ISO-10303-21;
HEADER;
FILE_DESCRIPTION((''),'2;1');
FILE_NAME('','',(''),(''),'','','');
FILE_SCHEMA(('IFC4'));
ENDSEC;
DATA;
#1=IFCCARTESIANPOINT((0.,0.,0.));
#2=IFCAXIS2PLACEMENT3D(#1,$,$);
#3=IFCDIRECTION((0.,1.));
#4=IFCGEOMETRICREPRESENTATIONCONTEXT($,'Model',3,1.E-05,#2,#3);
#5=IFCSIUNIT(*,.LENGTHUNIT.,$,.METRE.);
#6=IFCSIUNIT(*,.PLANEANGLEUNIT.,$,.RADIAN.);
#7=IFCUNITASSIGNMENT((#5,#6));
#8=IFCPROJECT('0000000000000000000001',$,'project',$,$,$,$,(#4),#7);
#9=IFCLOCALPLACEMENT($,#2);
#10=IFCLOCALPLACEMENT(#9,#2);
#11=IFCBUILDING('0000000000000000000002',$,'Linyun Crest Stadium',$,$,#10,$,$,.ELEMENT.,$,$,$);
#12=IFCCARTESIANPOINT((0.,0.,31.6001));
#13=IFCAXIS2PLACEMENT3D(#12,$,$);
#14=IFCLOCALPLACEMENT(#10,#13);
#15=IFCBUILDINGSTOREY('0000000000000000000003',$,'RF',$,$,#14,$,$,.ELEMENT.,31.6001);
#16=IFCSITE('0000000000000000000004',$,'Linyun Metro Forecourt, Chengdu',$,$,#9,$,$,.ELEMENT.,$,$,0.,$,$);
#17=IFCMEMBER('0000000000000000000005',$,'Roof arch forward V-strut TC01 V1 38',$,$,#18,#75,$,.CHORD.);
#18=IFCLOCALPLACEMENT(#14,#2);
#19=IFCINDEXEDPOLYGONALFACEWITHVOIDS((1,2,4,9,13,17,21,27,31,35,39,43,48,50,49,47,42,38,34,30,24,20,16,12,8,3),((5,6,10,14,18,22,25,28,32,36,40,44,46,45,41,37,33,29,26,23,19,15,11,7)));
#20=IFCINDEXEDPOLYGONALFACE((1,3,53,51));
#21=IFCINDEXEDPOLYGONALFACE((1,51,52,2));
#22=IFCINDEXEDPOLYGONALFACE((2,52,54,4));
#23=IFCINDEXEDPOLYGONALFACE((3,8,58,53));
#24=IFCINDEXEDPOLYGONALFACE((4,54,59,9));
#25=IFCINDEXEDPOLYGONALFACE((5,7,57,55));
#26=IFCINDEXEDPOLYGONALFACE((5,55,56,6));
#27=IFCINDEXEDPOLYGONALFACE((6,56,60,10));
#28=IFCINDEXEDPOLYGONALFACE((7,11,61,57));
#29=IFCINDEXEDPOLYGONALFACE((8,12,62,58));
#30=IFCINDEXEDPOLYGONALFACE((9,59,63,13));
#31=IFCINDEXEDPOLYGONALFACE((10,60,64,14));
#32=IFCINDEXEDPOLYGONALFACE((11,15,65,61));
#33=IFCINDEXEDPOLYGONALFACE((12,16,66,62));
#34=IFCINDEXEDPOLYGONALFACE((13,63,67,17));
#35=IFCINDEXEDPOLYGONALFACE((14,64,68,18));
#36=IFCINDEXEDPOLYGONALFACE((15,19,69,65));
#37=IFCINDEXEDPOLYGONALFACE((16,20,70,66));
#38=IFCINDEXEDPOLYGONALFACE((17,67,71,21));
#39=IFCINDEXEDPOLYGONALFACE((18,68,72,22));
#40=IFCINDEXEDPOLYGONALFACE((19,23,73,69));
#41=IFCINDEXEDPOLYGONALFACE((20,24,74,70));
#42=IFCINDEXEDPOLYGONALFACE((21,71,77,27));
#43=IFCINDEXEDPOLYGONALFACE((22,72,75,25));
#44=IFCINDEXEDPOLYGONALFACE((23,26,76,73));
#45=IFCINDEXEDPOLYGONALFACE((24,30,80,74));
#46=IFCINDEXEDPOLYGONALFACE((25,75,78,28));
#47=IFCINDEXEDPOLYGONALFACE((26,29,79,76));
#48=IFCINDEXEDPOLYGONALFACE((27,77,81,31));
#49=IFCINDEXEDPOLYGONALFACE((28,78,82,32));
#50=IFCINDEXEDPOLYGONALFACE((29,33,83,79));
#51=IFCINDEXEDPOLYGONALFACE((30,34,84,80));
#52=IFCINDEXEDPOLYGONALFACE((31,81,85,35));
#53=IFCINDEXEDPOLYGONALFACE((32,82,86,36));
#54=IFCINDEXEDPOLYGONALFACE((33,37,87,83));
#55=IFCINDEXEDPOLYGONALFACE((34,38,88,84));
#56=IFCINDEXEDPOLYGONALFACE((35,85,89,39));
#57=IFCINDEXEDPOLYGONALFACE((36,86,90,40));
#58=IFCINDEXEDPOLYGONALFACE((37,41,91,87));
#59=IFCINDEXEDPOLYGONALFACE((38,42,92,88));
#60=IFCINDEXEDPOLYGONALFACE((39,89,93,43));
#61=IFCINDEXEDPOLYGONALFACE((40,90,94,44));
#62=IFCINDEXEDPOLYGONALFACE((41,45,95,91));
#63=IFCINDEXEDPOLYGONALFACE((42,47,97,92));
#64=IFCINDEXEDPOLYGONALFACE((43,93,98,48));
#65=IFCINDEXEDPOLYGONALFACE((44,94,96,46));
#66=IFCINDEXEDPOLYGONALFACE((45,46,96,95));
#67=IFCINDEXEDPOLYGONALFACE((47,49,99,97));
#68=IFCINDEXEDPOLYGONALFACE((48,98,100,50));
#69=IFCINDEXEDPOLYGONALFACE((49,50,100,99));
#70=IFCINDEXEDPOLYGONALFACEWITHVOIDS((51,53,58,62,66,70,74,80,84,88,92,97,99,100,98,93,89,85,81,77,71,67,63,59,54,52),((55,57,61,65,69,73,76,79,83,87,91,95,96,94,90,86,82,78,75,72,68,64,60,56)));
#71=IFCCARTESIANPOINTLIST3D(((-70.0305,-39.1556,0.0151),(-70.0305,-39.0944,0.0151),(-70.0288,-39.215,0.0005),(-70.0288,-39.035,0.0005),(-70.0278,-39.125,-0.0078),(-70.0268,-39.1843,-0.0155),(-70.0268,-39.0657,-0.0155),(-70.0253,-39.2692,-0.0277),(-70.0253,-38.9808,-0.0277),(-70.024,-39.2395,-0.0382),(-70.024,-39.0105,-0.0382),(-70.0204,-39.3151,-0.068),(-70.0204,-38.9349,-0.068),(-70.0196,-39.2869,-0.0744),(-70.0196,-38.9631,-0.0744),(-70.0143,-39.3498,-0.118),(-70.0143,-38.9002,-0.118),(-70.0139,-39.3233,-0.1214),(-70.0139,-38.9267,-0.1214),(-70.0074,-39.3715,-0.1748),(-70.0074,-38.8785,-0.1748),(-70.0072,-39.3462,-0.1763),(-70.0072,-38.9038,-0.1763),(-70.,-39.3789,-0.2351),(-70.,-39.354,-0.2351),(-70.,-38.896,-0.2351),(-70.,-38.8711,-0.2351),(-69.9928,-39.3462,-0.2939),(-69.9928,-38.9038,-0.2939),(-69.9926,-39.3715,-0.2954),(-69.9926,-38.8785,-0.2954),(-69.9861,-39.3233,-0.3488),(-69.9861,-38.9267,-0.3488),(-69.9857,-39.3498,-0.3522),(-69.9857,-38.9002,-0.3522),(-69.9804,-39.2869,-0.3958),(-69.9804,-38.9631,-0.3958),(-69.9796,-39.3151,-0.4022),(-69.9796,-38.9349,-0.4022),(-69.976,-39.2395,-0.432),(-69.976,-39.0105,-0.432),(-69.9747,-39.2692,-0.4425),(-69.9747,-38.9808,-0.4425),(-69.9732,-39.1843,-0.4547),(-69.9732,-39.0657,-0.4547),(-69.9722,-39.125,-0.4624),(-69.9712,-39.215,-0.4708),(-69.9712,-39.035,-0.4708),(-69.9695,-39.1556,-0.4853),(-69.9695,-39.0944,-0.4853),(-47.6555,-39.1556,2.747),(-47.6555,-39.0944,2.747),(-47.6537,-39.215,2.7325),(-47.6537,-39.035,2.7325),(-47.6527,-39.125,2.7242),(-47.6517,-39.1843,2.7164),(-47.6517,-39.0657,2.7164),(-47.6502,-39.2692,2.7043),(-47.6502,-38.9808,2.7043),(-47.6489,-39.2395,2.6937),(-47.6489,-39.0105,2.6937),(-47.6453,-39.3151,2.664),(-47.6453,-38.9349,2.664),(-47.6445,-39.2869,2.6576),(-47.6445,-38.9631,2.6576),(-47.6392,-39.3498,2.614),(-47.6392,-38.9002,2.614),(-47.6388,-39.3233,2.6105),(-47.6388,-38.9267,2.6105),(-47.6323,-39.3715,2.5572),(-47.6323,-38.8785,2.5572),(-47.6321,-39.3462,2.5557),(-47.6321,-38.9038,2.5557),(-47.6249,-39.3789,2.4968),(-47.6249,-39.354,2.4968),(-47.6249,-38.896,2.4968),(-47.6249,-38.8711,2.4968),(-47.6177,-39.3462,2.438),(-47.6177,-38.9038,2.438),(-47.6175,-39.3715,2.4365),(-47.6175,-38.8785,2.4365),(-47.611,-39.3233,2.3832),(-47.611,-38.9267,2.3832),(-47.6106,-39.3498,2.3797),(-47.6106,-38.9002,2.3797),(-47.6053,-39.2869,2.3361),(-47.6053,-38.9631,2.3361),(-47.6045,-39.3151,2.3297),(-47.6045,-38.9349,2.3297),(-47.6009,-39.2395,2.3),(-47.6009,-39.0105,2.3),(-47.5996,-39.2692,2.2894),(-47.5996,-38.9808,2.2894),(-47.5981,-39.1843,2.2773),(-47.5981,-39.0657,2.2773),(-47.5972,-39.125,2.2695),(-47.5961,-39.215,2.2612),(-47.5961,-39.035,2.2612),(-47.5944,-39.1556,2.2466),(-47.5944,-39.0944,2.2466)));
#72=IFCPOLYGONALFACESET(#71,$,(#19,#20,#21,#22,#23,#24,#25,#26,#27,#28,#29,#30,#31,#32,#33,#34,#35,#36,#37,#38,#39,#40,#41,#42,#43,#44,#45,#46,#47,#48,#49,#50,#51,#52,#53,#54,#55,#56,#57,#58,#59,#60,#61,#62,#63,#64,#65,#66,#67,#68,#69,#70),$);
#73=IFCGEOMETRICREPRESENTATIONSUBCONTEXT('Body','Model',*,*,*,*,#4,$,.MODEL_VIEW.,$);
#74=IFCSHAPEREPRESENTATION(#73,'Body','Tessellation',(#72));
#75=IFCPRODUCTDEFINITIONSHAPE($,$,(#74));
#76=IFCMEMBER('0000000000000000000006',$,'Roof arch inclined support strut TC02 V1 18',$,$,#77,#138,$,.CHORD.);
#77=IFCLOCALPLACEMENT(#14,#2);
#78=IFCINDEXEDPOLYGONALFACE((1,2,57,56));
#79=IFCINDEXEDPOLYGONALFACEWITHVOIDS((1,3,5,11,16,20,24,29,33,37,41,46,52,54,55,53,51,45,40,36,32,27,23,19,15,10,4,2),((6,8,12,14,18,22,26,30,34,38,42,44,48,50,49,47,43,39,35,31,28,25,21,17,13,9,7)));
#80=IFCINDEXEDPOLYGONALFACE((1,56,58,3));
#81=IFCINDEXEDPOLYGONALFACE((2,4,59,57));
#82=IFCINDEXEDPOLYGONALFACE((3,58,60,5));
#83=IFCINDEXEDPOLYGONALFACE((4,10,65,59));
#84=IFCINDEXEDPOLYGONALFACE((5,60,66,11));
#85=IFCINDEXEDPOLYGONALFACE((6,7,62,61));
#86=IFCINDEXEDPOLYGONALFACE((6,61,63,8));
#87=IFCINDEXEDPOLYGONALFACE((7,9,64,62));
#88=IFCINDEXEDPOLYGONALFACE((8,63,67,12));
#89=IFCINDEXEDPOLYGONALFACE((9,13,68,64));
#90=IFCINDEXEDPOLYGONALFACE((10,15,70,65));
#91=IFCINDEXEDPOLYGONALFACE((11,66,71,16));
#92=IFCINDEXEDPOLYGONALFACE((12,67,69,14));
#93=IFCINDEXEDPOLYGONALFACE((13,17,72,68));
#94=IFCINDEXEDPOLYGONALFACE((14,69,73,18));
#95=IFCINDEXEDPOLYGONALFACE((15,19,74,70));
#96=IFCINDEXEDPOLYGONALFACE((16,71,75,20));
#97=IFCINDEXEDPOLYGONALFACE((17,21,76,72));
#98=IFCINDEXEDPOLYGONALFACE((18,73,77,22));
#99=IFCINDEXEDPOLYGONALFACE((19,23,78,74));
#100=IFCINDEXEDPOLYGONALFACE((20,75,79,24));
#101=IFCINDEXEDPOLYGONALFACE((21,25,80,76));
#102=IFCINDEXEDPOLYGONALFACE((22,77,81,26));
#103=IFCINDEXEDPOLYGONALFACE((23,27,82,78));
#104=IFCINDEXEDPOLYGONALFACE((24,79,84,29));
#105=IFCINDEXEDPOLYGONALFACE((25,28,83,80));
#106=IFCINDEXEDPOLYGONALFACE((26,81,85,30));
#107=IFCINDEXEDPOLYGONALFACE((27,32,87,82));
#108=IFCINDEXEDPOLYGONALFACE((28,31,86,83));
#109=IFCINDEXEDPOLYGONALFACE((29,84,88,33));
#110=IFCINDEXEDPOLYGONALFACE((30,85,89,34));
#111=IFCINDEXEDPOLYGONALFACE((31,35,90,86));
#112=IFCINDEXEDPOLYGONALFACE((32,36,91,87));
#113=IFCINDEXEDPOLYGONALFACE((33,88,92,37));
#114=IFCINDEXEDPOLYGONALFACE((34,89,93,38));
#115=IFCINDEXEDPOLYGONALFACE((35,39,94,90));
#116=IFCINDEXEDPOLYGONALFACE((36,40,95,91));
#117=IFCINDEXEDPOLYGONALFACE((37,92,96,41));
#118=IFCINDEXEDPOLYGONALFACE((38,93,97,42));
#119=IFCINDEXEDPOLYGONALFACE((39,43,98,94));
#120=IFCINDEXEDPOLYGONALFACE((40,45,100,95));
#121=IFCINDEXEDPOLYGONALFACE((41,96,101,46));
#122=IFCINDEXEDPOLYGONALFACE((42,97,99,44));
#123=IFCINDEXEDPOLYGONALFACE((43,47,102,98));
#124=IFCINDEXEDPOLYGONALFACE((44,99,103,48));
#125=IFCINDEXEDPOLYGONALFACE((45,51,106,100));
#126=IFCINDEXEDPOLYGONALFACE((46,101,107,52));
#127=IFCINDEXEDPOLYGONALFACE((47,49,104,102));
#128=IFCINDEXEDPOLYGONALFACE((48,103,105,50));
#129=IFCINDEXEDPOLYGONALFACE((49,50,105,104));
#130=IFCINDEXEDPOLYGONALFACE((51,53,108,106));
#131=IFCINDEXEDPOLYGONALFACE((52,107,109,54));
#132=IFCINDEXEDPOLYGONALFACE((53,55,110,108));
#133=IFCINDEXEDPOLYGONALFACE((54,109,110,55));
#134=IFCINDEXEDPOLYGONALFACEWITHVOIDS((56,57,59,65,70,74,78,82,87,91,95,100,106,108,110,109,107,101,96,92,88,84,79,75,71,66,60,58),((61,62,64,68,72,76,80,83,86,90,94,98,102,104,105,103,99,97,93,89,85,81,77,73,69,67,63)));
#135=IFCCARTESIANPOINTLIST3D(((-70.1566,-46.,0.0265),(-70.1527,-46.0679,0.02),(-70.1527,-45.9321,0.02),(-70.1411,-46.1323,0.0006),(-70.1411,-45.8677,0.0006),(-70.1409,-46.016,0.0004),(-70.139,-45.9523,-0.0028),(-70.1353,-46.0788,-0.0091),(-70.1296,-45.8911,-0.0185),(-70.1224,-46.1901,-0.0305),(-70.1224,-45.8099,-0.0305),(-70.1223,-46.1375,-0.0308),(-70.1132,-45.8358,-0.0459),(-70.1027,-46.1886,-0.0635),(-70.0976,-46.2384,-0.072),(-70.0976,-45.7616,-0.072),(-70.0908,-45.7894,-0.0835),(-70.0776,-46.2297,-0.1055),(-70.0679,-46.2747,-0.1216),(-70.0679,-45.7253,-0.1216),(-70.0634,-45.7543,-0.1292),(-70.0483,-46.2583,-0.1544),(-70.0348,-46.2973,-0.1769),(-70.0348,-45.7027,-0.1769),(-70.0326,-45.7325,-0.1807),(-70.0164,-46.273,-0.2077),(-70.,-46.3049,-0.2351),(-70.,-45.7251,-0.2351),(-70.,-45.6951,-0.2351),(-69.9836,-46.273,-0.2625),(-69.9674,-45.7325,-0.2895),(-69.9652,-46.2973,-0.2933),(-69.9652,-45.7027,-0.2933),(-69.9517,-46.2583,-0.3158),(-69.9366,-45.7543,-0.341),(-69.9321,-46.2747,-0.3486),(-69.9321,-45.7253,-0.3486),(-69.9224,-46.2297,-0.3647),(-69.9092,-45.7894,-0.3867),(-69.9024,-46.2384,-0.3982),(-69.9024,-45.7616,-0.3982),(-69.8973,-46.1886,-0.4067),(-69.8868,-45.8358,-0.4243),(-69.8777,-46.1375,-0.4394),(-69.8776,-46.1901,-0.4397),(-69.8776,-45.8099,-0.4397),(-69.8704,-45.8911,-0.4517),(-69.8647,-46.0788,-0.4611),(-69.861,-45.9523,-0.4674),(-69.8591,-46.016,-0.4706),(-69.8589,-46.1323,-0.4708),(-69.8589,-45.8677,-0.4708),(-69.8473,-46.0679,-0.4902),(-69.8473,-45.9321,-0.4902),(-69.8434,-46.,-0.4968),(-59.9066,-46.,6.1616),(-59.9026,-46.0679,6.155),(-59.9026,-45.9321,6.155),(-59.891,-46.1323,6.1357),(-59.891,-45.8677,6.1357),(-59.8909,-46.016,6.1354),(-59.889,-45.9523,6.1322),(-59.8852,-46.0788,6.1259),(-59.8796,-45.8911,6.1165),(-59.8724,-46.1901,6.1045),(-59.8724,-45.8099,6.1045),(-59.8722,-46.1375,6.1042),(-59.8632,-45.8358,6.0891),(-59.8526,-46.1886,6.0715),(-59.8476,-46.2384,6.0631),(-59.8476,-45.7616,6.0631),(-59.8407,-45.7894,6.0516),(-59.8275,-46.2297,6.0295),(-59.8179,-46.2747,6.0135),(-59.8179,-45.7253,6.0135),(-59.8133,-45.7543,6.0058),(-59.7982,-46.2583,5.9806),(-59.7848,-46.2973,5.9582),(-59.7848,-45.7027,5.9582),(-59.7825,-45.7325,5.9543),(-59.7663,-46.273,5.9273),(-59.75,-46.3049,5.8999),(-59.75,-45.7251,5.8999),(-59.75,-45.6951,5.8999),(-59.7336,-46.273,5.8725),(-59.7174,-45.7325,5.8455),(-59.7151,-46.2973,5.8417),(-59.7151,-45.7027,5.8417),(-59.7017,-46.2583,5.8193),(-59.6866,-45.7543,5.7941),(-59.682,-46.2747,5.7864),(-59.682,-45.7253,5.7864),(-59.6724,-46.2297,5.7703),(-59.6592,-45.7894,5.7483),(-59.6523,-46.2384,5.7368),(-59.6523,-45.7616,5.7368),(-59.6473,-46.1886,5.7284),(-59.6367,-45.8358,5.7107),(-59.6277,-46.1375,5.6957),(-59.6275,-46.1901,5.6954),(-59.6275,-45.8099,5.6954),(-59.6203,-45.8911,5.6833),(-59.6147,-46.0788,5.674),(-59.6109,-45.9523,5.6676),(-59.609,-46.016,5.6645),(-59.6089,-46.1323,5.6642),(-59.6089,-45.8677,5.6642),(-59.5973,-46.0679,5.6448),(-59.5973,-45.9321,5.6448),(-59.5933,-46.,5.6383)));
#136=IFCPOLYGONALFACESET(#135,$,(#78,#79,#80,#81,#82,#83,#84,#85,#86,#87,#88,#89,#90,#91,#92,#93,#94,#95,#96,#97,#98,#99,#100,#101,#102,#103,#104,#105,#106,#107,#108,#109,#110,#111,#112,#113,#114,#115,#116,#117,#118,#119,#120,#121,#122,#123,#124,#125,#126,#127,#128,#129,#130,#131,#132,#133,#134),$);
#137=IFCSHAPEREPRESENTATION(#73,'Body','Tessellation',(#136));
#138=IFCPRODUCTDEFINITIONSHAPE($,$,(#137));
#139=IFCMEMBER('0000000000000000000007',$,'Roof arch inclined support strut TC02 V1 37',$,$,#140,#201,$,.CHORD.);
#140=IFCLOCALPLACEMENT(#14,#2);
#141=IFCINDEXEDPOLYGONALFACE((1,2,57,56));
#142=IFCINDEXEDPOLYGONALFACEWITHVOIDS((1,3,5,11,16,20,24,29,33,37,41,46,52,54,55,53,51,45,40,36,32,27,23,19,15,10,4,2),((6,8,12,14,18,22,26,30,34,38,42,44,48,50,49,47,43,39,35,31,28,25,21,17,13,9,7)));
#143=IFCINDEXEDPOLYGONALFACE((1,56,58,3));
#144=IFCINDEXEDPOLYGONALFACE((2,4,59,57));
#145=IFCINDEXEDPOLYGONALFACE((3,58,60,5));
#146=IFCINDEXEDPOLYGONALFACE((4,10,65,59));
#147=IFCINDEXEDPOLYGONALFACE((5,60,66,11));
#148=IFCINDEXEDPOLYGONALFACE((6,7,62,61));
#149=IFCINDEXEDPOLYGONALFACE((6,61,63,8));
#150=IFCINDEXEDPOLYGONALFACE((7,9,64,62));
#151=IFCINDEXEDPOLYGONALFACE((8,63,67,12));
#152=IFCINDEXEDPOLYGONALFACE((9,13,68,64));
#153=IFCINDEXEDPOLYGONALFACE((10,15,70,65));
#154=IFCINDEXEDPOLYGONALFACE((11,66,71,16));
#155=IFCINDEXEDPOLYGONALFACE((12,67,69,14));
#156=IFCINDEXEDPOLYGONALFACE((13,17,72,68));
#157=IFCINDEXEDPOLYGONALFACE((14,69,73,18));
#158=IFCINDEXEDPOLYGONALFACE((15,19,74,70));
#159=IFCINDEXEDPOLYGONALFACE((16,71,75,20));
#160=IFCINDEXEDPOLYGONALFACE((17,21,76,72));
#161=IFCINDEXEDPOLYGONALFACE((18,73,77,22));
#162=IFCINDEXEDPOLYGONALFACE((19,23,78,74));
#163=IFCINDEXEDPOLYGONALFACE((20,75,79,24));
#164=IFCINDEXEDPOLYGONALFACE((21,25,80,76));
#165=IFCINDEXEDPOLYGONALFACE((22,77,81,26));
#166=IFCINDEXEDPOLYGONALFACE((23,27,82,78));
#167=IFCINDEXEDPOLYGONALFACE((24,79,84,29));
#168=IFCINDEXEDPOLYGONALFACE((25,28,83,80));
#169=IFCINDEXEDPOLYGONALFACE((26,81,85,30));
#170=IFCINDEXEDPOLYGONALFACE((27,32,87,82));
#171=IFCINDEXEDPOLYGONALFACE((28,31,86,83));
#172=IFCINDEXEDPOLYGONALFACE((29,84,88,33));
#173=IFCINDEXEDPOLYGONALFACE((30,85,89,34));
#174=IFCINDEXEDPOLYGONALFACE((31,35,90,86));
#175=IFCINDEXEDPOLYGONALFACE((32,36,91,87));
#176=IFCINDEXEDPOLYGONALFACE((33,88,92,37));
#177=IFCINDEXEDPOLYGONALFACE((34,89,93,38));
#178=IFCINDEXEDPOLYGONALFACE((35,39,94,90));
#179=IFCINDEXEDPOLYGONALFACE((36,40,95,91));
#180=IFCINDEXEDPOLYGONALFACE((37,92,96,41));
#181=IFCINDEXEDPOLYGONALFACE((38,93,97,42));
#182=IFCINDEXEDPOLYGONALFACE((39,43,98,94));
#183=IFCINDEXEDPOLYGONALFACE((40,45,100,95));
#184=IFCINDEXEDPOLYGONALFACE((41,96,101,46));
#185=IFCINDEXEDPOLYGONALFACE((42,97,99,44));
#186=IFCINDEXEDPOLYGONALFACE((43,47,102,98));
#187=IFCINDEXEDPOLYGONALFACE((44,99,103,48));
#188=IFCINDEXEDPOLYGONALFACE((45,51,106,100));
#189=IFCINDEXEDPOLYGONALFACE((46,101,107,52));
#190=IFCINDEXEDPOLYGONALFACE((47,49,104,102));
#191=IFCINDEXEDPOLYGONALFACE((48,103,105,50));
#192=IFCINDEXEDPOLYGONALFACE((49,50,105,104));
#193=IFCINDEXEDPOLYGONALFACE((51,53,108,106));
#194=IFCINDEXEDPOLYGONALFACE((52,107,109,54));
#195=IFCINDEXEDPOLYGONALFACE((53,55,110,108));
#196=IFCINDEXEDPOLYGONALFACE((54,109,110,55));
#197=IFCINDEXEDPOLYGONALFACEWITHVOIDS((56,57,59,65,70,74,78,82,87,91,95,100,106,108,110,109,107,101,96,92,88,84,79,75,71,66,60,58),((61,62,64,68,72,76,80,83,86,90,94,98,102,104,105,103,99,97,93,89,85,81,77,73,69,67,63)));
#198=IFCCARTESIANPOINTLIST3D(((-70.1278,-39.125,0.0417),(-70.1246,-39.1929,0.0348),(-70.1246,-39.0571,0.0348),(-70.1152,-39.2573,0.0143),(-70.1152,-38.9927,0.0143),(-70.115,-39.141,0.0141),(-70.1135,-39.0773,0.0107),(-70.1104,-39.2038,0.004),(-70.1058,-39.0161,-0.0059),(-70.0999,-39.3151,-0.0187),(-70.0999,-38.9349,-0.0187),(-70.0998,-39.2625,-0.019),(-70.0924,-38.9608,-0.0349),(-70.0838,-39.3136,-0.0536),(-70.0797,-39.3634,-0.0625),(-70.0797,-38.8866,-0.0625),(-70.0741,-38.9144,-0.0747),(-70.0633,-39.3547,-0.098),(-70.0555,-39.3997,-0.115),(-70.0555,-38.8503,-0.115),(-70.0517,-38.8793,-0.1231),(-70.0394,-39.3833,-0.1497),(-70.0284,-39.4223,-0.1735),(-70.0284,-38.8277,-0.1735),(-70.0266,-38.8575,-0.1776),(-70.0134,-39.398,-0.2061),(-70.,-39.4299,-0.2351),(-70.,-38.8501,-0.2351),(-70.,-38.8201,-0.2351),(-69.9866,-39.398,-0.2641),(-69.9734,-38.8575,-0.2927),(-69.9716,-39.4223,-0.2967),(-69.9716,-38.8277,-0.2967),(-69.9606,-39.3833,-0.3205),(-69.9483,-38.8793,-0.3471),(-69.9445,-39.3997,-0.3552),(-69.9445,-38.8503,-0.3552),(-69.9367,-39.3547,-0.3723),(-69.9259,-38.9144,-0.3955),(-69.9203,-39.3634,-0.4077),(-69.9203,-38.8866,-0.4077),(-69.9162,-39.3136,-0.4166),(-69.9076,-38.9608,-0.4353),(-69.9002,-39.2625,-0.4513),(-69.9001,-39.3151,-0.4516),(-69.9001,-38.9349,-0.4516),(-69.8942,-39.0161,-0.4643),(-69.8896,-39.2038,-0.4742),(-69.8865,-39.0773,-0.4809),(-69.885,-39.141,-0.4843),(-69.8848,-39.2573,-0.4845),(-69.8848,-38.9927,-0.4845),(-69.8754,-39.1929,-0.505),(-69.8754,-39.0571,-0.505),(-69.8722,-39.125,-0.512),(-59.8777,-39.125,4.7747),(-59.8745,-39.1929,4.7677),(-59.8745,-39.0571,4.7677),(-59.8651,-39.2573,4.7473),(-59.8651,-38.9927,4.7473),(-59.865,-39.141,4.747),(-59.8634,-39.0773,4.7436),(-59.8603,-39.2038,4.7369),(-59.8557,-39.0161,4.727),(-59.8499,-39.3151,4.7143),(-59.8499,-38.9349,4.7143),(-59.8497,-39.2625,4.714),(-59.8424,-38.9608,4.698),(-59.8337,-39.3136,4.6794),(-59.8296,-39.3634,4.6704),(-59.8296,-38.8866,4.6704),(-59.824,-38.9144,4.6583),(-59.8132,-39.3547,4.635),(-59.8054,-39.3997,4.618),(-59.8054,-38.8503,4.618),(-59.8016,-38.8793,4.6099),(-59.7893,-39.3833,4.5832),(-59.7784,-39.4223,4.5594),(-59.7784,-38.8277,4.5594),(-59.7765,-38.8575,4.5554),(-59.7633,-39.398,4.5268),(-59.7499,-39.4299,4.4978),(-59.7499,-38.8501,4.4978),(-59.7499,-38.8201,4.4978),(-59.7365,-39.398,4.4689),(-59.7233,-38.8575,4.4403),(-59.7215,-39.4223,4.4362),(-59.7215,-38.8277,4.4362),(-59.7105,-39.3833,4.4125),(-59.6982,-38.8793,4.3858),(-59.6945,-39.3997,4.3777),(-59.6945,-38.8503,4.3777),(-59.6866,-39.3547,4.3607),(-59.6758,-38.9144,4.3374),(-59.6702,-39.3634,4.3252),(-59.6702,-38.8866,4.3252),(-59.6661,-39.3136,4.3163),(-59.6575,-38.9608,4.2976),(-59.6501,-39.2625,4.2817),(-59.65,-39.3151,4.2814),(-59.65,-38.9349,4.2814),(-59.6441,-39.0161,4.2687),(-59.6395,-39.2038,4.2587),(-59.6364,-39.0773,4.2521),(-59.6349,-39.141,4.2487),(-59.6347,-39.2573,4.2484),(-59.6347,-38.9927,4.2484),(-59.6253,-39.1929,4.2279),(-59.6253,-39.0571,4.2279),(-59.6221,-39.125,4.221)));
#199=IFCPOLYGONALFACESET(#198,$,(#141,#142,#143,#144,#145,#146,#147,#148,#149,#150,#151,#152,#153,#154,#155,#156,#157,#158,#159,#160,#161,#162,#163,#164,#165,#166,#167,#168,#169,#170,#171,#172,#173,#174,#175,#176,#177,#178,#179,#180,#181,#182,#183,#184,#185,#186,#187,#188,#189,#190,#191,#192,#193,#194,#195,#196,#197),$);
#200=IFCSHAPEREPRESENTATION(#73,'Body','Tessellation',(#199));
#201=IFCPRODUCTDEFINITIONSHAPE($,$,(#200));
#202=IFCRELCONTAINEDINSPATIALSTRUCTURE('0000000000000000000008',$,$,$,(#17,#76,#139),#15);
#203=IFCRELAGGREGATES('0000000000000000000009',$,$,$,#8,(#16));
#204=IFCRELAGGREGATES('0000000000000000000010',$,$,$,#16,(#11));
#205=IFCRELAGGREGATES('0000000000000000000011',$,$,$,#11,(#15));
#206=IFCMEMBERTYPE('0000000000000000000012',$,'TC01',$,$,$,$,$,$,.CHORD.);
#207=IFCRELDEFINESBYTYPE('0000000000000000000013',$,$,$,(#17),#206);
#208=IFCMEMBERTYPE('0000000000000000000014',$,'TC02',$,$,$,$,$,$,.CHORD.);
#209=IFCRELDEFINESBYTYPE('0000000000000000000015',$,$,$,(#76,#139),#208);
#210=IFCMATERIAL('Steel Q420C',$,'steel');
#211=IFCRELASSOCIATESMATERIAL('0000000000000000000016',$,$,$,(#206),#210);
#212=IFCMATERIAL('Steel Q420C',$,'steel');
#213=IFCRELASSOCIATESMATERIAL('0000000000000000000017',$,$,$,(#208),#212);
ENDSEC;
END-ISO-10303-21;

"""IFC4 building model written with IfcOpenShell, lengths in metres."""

from ifc_helpers import new_model, si_unit, direction, frame, origin, origin_2d, place, context, subcontext, project, spatial, hollow_circle, extrude, material, material_profile, profile_set, type_object, element, save


model = new_model("IFC4")

# Units and contexts
model_context = context("Model", 3, precision=1e-05, world=origin(), true_north=direction((0.0, 1.0)))
body_context = subcontext(model_context, "Body", "Model", "MODEL_VIEW")
ifc_project = project(units=[si_unit("LENGTHUNIT", "METRE"), si_unit("PLANEANGLEUNIT", "RADIAN")], contexts=[model_context])

# Site, building, storey
site_placement = place(None, origin())
site = spatial("IfcSite", under=ifc_project, at=site_placement, Name="Linyun Metro Forecourt, Chengdu", CompositionType="ELEMENT", RefElevation=0.0)
building_placement = place(site_placement, origin())
building = spatial("IfcBuilding", under=site, at=building_placement, Name="Linyun Crest Stadium", CompositionType="ELEMENT")
storey_placement = place(building_placement, frame((0.0, 0.0, 31.6001)))
storey = spatial("IfcBuildingStorey", under=building, at=storey_placement, Name="RF", CompositionType="ELEMENT", Elevation=31.6001)

# Members
ifc_material_1 = material(Name="Steel Q420C", Category="steel")
ifc_material_profile_1 = material_profile(ifc_material_1, hollow_circle(Radius=0.2539, WallThickness=0.0249, at=origin_2d()), Name="CHS 508x25")
ifc_profile_set_1 = profile_set([ifc_material_profile_1], Name="Steel Q420C")
member_type_1 = type_object("IfcMemberType", Name="TC01", PredefinedType="CHORD", material=ifc_profile_set_1)
member_1_placement = place(storey_placement, frame((-70.0, -39.125, -0.2351), z_axis=(0.992628, 0.0, 0.121198), x_axis=(0.0, 1.0, 0.0)))
element("IfcMember", 1, at=member_1_placement, inside=storey, type_object=member_type_1, Name="Roof arch forward V-strut TC01 V1 38", PredefinedType="CHORD", context=body_context, shape_type="SweptSolid", body=[
    extrude(hollow_circle(Radius=0.2539, WallThickness=0.0249, at=origin_2d()), origin(), (0.0, 0.0, 1.0), 22.5413),
])
ifc_material_2 = material(Name="Steel Q420C", Category="steel")
ifc_material_profile_2 = material_profile(ifc_material_2, hollow_circle(Radius=0.3049, WallThickness=0.03, at=origin_2d()), Name="CHS 610x30")
ifc_profile_set_2 = profile_set([ifc_material_profile_2], Name="Steel Q420C")
member_type_2 = type_object("IfcMemberType", Name="TC02", PredefinedType="CHORD", material=ifc_profile_set_2)
member_2_placement = place(storey_placement, frame((-70.0, -46.0, -0.2351), z_axis=(0.858046, 0.0, 0.513573), x_axis=(0.0, 1.0, 0.0)))
element("IfcMember", 2, at=member_2_placement, inside=storey, type_object=member_type_2, Name="Roof arch inclined support strut TC02 V1 18", PredefinedType="CHORD", context=body_context, shape_type="SweptSolid", body=[
    extrude(hollow_circle(Radius=0.3049, WallThickness=0.03, at=origin_2d()), origin(), (0.0, 0.0, 1.0), 11.9458),
])
member_3_placement = place(storey_placement, frame((-70.0, -39.125, -0.2351), z_axis=(0.907887, 0.0, 0.419215), x_axis=(0.0, 1.0, 0.0)))
element("IfcMember", 3, at=member_3_placement, inside=storey, type_object=member_type_2, Name="Roof arch inclined support strut TC02 V1 37", PredefinedType="CHORD", context=body_context, shape_type="SweptSolid", body=[
    extrude(hollow_circle(Radius=0.3049, WallThickness=0.03, at=origin_2d()), origin(), (0.0, 0.0, 1.0), 11.29),
])

save(model, "model.ifc")
